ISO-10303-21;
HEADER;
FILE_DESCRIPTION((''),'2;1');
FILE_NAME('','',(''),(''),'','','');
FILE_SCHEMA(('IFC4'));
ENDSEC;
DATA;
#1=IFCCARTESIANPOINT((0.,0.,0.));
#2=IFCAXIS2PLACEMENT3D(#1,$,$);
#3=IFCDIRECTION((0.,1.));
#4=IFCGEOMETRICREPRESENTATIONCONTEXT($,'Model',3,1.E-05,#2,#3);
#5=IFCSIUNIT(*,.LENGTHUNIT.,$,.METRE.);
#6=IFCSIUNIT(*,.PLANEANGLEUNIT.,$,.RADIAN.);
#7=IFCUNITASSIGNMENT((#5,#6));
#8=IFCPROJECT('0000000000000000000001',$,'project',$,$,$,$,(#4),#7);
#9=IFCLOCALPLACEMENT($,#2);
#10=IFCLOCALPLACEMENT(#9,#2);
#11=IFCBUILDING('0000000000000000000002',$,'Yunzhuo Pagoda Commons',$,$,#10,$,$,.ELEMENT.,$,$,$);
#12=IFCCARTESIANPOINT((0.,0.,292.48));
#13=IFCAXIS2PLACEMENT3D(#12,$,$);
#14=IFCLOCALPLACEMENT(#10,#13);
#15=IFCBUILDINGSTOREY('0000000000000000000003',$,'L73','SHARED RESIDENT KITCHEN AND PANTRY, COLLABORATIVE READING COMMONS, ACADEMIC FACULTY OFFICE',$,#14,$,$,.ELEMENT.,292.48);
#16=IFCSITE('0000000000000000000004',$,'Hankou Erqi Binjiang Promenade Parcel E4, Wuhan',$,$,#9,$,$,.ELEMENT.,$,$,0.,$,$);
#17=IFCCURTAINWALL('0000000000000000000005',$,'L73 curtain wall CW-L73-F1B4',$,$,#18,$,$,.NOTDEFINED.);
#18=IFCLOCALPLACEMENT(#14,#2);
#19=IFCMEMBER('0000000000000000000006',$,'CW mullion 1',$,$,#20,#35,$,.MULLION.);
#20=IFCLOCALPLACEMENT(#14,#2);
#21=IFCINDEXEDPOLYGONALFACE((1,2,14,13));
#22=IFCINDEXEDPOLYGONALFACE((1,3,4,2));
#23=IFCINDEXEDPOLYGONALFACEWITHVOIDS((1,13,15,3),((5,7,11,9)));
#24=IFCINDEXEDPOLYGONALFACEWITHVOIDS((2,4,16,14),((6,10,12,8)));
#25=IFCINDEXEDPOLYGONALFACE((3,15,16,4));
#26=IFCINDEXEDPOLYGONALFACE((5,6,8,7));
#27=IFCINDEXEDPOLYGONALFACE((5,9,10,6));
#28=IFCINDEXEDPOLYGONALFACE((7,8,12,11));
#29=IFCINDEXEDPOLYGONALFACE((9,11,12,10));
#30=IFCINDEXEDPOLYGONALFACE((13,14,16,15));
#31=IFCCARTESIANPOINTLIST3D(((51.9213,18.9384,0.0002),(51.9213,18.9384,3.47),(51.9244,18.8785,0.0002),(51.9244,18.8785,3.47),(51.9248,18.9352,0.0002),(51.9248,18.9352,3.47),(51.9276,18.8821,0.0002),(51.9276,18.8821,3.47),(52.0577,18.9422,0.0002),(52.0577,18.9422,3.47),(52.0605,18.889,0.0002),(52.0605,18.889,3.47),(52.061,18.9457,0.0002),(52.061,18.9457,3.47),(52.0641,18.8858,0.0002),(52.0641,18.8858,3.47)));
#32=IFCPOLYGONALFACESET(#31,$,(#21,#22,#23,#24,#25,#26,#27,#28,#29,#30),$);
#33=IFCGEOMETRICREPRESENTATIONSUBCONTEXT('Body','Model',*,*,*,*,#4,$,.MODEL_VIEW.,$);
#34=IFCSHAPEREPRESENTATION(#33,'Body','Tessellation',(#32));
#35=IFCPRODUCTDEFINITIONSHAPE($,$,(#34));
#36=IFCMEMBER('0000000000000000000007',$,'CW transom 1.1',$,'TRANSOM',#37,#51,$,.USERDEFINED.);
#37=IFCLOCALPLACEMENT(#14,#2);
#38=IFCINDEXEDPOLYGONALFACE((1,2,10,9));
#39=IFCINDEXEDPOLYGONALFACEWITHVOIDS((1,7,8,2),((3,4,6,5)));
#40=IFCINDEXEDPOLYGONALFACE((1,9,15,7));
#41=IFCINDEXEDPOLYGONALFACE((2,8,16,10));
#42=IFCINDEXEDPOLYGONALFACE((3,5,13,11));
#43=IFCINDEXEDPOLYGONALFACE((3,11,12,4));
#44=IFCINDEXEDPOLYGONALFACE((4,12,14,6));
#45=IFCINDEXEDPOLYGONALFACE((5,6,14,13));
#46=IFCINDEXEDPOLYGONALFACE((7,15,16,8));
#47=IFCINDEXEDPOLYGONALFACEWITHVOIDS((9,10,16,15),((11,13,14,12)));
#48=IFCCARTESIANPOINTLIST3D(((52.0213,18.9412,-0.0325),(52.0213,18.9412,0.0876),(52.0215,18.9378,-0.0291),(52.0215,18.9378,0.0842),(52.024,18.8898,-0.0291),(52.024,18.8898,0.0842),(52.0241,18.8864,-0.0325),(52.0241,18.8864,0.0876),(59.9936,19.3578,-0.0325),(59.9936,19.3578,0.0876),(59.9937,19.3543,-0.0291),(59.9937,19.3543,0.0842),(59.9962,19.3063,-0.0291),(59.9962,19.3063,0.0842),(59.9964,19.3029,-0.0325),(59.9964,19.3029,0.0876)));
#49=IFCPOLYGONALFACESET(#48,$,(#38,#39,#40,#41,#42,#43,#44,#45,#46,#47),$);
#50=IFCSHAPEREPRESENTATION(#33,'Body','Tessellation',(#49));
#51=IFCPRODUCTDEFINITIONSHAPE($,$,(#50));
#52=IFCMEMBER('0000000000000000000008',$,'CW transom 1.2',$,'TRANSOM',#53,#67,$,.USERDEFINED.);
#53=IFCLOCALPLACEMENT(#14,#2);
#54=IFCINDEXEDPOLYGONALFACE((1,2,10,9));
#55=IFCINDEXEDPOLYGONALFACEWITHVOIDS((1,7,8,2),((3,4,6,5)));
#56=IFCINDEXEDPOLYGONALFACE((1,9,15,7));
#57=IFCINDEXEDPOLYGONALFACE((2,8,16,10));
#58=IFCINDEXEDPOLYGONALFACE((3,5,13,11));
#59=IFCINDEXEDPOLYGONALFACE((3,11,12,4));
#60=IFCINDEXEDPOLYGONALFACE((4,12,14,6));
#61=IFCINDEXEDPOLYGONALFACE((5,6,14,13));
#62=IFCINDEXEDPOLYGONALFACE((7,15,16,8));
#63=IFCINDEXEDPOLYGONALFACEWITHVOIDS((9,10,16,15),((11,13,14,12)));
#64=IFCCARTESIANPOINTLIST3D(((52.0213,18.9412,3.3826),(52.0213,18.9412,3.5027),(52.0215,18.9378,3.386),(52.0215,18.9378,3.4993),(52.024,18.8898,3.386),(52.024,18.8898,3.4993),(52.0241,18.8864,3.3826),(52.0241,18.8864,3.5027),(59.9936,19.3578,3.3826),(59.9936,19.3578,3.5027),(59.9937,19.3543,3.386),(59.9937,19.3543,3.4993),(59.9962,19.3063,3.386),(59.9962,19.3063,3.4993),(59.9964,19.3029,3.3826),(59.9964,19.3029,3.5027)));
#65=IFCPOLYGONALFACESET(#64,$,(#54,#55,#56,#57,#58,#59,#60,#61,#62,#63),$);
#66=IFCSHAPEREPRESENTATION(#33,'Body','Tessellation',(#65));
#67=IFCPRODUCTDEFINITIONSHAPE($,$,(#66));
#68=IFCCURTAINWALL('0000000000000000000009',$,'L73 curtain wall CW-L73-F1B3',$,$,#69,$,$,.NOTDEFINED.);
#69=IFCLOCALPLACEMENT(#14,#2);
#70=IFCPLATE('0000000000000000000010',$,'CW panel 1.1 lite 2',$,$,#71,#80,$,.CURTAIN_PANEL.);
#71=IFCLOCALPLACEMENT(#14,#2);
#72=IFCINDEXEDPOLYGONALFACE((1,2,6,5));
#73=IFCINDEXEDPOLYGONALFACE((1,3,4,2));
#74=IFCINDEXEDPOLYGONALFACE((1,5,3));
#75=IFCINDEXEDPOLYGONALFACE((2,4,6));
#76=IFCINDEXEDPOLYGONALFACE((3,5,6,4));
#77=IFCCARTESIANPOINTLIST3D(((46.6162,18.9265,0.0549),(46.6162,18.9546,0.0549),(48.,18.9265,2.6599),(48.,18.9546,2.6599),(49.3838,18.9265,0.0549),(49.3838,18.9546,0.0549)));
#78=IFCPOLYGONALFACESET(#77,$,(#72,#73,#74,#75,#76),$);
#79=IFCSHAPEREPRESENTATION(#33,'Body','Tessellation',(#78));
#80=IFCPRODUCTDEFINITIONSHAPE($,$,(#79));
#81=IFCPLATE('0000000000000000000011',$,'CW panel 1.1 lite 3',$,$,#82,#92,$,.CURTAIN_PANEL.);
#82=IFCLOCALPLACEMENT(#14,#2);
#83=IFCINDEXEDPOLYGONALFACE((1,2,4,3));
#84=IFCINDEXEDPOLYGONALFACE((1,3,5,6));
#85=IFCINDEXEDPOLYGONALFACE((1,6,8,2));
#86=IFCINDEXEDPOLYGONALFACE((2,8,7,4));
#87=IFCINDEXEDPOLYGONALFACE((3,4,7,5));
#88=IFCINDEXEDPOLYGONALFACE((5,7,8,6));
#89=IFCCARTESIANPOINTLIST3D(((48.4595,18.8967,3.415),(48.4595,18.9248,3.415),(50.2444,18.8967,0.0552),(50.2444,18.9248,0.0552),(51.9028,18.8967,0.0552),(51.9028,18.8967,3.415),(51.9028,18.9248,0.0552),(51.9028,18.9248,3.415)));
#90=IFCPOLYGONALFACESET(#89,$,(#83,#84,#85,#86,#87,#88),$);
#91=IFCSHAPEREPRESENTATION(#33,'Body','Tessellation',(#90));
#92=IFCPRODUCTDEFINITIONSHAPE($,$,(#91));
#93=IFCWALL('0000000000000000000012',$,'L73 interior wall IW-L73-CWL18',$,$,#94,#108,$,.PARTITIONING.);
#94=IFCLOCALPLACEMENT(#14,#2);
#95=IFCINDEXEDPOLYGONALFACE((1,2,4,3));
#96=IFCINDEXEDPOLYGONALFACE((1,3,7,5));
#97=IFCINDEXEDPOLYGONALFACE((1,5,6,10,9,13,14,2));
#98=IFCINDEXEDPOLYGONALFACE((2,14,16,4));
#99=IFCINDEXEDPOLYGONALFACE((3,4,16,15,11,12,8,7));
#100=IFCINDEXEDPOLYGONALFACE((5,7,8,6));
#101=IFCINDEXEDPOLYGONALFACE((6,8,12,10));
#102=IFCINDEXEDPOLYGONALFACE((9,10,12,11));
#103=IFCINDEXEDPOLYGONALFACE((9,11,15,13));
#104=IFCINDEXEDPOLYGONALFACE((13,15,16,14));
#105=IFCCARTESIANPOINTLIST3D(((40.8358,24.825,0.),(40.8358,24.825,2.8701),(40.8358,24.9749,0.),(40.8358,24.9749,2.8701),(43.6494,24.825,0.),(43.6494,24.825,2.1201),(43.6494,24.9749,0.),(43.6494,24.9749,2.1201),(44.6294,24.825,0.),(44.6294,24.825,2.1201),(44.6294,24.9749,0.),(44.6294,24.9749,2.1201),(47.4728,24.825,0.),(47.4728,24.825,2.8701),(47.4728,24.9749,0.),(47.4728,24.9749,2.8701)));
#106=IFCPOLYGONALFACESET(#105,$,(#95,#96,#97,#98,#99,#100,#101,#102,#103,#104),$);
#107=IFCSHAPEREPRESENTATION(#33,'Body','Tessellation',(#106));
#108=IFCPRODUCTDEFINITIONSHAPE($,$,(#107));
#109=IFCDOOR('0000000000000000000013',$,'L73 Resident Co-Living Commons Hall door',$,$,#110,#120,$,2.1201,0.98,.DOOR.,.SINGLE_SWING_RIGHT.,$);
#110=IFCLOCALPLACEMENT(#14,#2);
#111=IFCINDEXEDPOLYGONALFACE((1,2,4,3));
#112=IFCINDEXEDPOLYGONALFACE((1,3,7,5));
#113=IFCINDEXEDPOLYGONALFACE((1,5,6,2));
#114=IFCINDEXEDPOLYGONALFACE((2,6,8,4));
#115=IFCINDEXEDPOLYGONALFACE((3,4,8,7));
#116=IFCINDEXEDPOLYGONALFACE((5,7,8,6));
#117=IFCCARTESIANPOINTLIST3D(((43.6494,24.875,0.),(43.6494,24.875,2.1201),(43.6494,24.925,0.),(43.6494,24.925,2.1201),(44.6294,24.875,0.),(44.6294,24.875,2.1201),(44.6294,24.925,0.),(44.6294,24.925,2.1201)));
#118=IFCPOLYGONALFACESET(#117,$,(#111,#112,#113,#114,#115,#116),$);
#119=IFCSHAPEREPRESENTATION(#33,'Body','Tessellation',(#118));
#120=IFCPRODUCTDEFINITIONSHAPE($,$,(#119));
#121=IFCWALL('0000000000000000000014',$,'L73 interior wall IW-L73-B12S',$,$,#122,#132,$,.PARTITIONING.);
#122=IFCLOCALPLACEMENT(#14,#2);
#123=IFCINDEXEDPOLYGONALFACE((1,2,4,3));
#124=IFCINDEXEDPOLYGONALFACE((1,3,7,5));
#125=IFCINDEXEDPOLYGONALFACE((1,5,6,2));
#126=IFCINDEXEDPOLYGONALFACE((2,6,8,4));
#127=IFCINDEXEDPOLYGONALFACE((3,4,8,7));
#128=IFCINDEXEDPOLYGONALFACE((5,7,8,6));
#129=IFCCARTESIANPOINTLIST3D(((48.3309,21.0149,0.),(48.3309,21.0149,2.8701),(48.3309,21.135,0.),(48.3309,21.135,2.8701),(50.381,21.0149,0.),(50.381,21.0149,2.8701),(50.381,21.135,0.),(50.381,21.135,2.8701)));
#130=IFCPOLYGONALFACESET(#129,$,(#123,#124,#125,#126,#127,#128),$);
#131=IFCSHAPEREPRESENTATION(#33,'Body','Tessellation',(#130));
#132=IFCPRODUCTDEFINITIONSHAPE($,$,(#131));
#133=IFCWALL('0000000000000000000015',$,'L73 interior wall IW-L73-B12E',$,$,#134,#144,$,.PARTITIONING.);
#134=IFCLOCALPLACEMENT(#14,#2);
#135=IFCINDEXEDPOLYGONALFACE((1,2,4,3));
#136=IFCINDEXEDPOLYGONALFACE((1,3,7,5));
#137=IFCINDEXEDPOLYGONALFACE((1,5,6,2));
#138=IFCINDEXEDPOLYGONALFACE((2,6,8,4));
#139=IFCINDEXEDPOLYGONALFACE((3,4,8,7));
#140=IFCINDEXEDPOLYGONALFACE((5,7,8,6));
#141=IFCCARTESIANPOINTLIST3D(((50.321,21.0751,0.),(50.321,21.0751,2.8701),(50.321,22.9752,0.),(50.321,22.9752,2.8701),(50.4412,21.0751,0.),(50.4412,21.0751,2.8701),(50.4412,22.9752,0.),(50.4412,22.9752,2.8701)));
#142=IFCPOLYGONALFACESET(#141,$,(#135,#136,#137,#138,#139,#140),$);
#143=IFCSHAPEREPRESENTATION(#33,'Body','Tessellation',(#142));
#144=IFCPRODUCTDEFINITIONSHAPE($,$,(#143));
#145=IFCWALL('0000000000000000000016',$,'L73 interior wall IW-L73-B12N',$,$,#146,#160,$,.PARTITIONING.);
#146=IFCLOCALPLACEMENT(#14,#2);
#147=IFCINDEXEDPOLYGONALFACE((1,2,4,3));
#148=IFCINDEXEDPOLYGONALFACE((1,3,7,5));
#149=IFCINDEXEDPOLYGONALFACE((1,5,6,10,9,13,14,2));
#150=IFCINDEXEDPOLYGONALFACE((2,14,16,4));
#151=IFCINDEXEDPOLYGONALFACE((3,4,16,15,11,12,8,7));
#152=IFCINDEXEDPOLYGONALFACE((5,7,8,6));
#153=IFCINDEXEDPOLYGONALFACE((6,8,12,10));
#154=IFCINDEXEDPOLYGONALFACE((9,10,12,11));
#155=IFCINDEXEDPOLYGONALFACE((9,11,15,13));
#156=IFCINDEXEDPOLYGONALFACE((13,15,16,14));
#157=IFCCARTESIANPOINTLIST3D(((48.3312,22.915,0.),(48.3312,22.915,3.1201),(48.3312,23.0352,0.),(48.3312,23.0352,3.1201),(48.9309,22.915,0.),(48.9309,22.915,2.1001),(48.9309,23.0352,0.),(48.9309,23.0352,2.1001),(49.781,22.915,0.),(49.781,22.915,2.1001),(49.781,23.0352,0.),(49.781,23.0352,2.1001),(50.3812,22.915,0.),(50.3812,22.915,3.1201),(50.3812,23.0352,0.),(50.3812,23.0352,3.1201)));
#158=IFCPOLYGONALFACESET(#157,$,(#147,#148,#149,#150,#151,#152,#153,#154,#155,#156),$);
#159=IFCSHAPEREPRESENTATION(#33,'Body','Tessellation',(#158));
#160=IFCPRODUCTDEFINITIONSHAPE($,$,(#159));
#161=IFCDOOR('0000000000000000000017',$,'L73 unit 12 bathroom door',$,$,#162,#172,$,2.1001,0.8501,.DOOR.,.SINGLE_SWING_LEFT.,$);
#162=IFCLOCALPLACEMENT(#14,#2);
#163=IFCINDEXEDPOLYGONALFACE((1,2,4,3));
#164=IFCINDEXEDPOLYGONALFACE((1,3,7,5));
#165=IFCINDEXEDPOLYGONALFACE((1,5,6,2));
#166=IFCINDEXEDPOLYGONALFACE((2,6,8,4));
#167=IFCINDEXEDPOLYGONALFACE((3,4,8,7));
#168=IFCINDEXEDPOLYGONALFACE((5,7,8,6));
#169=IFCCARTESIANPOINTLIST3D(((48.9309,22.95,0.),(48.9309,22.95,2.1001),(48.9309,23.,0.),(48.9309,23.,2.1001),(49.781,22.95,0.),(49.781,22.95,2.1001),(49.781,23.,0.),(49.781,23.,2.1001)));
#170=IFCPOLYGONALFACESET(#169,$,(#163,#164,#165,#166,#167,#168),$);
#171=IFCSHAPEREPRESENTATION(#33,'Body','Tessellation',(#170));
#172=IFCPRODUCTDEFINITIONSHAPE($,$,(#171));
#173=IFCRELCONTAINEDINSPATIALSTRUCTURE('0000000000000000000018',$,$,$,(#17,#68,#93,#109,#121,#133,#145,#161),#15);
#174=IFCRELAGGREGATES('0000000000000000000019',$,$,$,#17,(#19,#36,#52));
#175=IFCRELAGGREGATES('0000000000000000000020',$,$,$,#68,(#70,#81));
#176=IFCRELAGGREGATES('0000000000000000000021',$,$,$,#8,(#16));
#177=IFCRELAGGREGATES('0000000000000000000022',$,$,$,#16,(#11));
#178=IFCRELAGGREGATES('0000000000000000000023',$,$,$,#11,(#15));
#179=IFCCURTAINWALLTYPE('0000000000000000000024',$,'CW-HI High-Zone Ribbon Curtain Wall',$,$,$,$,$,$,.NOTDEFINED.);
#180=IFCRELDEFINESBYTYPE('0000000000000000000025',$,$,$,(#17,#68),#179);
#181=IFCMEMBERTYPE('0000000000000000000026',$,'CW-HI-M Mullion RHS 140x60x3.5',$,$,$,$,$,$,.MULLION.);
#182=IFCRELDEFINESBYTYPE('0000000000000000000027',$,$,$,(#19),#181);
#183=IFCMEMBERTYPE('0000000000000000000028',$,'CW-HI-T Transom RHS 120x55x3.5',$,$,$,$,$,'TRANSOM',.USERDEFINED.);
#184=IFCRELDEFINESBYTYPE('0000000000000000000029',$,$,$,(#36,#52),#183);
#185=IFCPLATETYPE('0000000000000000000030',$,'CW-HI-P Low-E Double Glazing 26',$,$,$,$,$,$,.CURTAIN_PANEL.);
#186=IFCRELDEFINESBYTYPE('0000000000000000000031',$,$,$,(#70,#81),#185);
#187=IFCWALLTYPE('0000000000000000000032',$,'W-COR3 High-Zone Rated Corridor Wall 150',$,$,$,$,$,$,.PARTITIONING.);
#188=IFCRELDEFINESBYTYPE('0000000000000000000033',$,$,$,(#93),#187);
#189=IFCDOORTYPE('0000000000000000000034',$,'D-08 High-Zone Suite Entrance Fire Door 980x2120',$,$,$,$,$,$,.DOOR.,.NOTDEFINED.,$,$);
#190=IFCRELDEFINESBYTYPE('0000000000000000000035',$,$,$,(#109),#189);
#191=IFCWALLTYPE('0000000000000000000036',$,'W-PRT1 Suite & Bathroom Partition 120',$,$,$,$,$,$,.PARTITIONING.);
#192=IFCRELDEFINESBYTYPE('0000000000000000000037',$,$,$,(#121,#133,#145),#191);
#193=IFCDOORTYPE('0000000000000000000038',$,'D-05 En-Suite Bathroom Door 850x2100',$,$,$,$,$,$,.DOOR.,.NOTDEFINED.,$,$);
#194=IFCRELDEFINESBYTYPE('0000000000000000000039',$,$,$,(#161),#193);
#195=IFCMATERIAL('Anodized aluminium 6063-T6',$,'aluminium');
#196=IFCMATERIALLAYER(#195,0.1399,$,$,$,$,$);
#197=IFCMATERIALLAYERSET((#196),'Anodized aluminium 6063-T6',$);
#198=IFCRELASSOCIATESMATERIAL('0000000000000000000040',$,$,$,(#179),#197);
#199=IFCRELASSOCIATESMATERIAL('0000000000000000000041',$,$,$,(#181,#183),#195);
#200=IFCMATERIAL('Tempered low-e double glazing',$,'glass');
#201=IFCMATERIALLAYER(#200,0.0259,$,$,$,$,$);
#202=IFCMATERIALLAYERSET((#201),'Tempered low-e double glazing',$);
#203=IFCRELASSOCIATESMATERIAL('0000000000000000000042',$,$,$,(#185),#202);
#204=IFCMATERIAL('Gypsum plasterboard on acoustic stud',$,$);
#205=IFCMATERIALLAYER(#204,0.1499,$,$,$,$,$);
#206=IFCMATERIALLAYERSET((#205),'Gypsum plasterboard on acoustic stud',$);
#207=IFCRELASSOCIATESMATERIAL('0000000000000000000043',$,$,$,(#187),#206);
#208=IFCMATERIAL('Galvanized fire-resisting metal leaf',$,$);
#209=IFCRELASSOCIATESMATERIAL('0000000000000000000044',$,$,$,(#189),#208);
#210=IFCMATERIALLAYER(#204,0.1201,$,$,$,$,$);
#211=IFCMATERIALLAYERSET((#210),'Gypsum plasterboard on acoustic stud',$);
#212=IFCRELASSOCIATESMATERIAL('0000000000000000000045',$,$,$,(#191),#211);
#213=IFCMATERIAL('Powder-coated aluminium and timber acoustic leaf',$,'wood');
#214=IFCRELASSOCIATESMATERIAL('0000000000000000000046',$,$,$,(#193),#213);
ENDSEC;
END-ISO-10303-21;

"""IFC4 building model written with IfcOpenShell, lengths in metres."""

from ifc_helpers import new_model, si_unit, direction, frame, frame_2d, origin, origin_with_axes, origin_2d, place, context, subcontext, project, spatial, polyline, rectangle, hollow_rectangle, outline, extrude, source, transform, mapped, material, layer, layer_set, material_profile, profile_set, type_object, element, fill, aggregate, save


model = new_model("IFC4")

# Units and contexts
model_context = context("Model", 3, precision=1e-05, world=origin(), true_north=direction((0.0, 1.0)))
body_context = subcontext(model_context, "Body", "Model", "MODEL_VIEW")
ifc_project = project(units=[si_unit("LENGTHUNIT", "METRE"), si_unit("PLANEANGLEUNIT", "RADIAN")], contexts=[model_context])

# Site, building, storey
site_placement = place(None, origin())
site = spatial("IfcSite", under=ifc_project, at=site_placement, Name="Hankou Erqi Binjiang Promenade Parcel E4, Wuhan", CompositionType="ELEMENT", RefElevation=0.0)
building_placement = place(site_placement, origin())
building = spatial("IfcBuilding", under=site, at=building_placement, Name="Yunzhuo Pagoda Commons", CompositionType="ELEMENT")
storey_placement = place(building_placement, frame((0.0, 0.0, 292.48)))
storey = spatial("IfcBuildingStorey", under=building, at=storey_placement, Name="L73", Description="SHARED RESIDENT KITCHEN AND PANTRY, COLLABORATIVE READING COMMONS, ACADEMIC FACULTY OFFICE", CompositionType="ELEMENT", Elevation=292.48)

# Curtain wall, members
ifc_material_1 = material(Name="Anodized aluminium 6063-T6", Category="aluminium")
ifc_layer_1 = layer(ifc_material_1, 0.1399)
ifc_layer_set_1 = layer_set([ifc_layer_1], Name="Anodized aluminium 6063-T6")
curtain_wall_type = type_object("IfcCurtainWallType", Name="CW-HI High-Zone Ribbon Curtain Wall", PredefinedType="NOTDEFINED", material=ifc_layer_set_1)
curtain_wall_1_placement = place(storey_placement, origin())
curtain_wall_1 = element("IfcCurtainWall", 1, at=curtain_wall_1_placement, inside=storey, type_object=curtain_wall_type, Name="L73 curtain wall CW-L73-F1B4", PredefinedType="NOTDEFINED")
ifc_material_profile_1 = material_profile(ifc_material_1, hollow_rectangle(XDim=0.0601, YDim=0.1399, WallThickness=0.0034, at=origin_2d()), Name="Anodized aluminium 6063-T6")
ifc_profile_set_1 = profile_set([ifc_material_profile_1], Name="Anodized aluminium 6063-T6")
member_type_1 = type_object("IfcMemberType", Name="CW-HI-M Mullion RHS 140x60x3.5", PredefinedType="MULLION", material=ifc_profile_set_1)
shared_shape_1 = source(origin(), body_context, "Body", "SweptSolid", [
    extrude(hollow_rectangle(XDim=0.0601, YDim=0.1399, WallThickness=0.0034, at=origin_2d()), origin(), (0.0, 0.0, 1.0), 3.4697),
])
member_1_placement = place(storey_placement, frame((51.9927, 18.9121, 0.0002), z_axis=(0.0, 0.0, 1.0), x_axis=(-0.05219, 0.998637, 0.0)))
member_1 = element("IfcMember", 2, at=member_1_placement, type_object=member_type_1, Name="CW mullion 1", PredefinedType="MULLION", context=body_context, shape_type="MappedRepresentation", body=[
    mapped(shared_shape_1, transform((0.0, 0.0, 0.0), scale=1.0)),
])
ifc_material_profile_2 = material_profile(ifc_material_1, hollow_rectangle(XDim=0.0549, YDim=0.1201, WallThickness=0.0034, at=origin_2d()), Name="Anodized aluminium 6063-T6")
ifc_profile_set_2 = profile_set([ifc_material_profile_2], Name="Anodized aluminium 6063-T6")
member_type_2 = type_object("IfcMemberType", Name="CW-HI-T Transom RHS 120x55x3.5", ElementType="TRANSOM", PredefinedType="USERDEFINED", material=ifc_profile_set_2)
shared_shape_2 = source(origin(), body_context, "Body", "SweptSolid", [
    extrude(hollow_rectangle(XDim=0.0549, YDim=0.1201, WallThickness=0.0034, at=origin_2d()), origin(), (0.0, 0.0, 1.0), 7.9832),
])
member_2_placement = place(storey_placement, frame((52.0227, 18.9138, 0.0276), z_axis=(0.998638, 0.052174, 0.0), x_axis=(-0.052174, 0.998638, 0.0)))
member_2 = element("IfcMember", 3, at=member_2_placement, type_object=member_type_2, Name="CW transom 1.1", ObjectType="TRANSOM", PredefinedType="USERDEFINED", context=body_context, shape_type="MappedRepresentation", body=[
    mapped(shared_shape_2, transform((0.0, 0.0, 0.0), scale=1.0)),
])
member_3_placement = place(storey_placement, frame((52.0227, 18.9138, 3.4426), z_axis=(0.998638, 0.052174, 0.0), x_axis=(-0.052174, 0.998638, 0.0)))
member_3 = element("IfcMember", 4, at=member_3_placement, type_object=member_type_2, Name="CW transom 1.2", ObjectType="TRANSOM", PredefinedType="USERDEFINED", context=body_context, shape_type="MappedRepresentation", body=[
    mapped(shared_shape_2, transform((0.0, 0.0, 0.0), scale=1.0)),
])
aggregate(curtain_wall_1, [member_1, member_2, member_3])

# Curtain wall, plates
curtain_wall_2_placement = place(storey_placement, origin())
curtain_wall_2 = element("IfcCurtainWall", 5, at=curtain_wall_2_placement, inside=storey, type_object=curtain_wall_type, Name="L73 curtain wall CW-L73-F1B3", PredefinedType="NOTDEFINED")
ifc_material_2 = material(Name="Tempered low-e double glazing", Category="glass")
ifc_layer_2 = layer(ifc_material_2, 0.0259)
ifc_layer_set_2 = layer_set([ifc_layer_2], Name="Tempered low-e double glazing")
plate_type = type_object("IfcPlateType", Name="CW-HI-P Low-E Double Glazing 26", PredefinedType="CURTAIN_PANEL", material=ifc_layer_set_2)
plate_1_placement = place(storey_placement, frame((48.0, 18.9546, 1.3574), z_axis=(0.0, -1.0, 0.0), x_axis=(1.0, 0.0, 0.0)))
plate_1 = element("IfcPlate", 6, at=plate_1_placement, type_object=plate_type, Name="CW panel 1.1 lite 2", PredefinedType="CURTAIN_PANEL", context=body_context, shape_type="SweptSolid", body=[
    extrude(outline(polyline([(-1.3838, -1.3025), (1.3838, -1.3025), (0.0, 1.3025), (-1.3838, -1.3025)])), origin(), (0.0, 0.0, 1.0), 0.0281),
])
plate_2_placement = place(storey_placement, frame((50.1812, 18.9248, 1.7351), z_axis=(0.0, -1.0, 0.0), x_axis=(1.0, 0.0, 0.0)))
plate_2 = element("IfcPlate", 7, at=plate_2_placement, type_object=plate_type, Name="CW panel 1.1 lite 3", PredefinedType="CURTAIN_PANEL", context=body_context, shape_type="SweptSolid", body=[
    extrude(outline(polyline([(-1.7217, 1.6799), (0.0632, -1.6799), (1.7217, -1.6799), (1.7217, 1.6799), (-1.7217, 1.6799)])), origin(), (0.0, 0.0, 1.0), 0.0281),
])
aggregate(curtain_wall_2, [plate_1, plate_2])

# Wall, opening, door
ifc_material_3 = material(Name="Gypsum plasterboard on acoustic stud")
ifc_layer_3 = layer(ifc_material_3, 0.1499)
ifc_layer_set_3 = layer_set([ifc_layer_3], Name="Gypsum plasterboard on acoustic stud")
wall_type_1 = type_object("IfcWallType", Name="W-COR3 High-Zone Rated Corridor Wall 150", PredefinedType="PARTITIONING", material=ifc_layer_set_3)
ifc_material_4 = material(Name="Galvanized fire-resisting metal leaf")
door_type_1 = type_object("IfcDoorType", Name="D-08 High-Zone Suite Entrance Fire Door 980x2120", OperationType="NOTDEFINED", PredefinedType="DOOR", material=ifc_material_4)
shared_shape_3 = source(origin(), body_context, "Body", "SweptSolid", [
    extrude(rectangle(XDim=0.98, YDim=2.1201, at=frame_2d((0.49, 1.0601))), frame((0.0, 0.0249, 0.0), z_axis=(0.0, -1.0, 0.0), x_axis=(1.0, 0.0, 0.0)), (0.0, 0.0, 1.0), 0.05),
])
wall_1_placement = place(storey_placement, frame((47.4727, 24.8999, 0.0), z_axis=(0.0, 0.0, 1.0), x_axis=(-1.0, 0.0, 0.0)))
wall_1 = element("IfcWall", 8, at=wall_1_placement, inside=storey, type_object=wall_type_1, Name="L73 interior wall IW-L73-CWL18", PredefinedType="PARTITIONING", context=body_context, shape_type="SweptSolid", body=[
    extrude(rectangle(XDim=6.637, YDim=0.1499, at=frame_2d((3.3184, 0.0))), origin(), (0.0, 0.0, 1.0), 2.8701),
])
opening_1_placement = place(wall_1_placement, frame((2.8433, 0.0, 0.0)))
opening_1 = element("IfcOpeningElement", 9, at=opening_1_placement, cuts=wall_1, PredefinedType="OPENING", context=body_context, shape_type="SweptSolid", body=[
    extrude(rectangle(XDim=0.98, YDim=2.1201, at=frame_2d((0.49, 1.0601))), frame((0.0, 0.085, 0.0), z_axis=(0.0, -1.0, 0.0), x_axis=(1.0, 0.0, 0.0)), (0.0, 0.0, 1.0), 0.1699),
])
door_1_placement = place(opening_1_placement, origin_with_axes())
door_1 = element("IfcDoor", 10, at=door_1_placement, inside=storey, type_object=door_type_1, Name="L73 Resident Co-Living Commons Hall door", OperationType="SINGLE_SWING_RIGHT", OverallHeight=2.1201, OverallWidth=0.98, PredefinedType="DOOR", context=body_context, shape_type="MappedRepresentation", body=[
    mapped(shared_shape_3, transform((0.0, 0.0, 0.0), scale=1.0)),
])
fill(opening_1, door_1)

# Walls
ifc_layer_4 = layer(ifc_material_3, 0.1201)
ifc_layer_set_4 = layer_set([ifc_layer_4], Name="Gypsum plasterboard on acoustic stud")
wall_type_2 = type_object("IfcWallType", Name="W-PRT1 Suite & Bathroom Partition 120", PredefinedType="PARTITIONING", material=ifc_layer_set_4)
wall_2_placement = place(storey_placement, frame((48.3311, 21.075, 0.0), z_axis=(0.0, 0.0, 1.0), x_axis=(1.0, 0.0, 0.0)))
element("IfcWall", 11, at=wall_2_placement, inside=storey, type_object=wall_type_2, Name="L73 interior wall IW-L73-B12S", PredefinedType="PARTITIONING", context=body_context, shape_type="SweptSolid", body=[
    extrude(rectangle(XDim=2.05, YDim=0.1201, at=frame_2d((1.0249, 0.0))), origin(), (0.0, 0.0, 1.0), 2.8701),
])
wall_3_placement = place(storey_placement, frame((50.3811, 21.075, 0.0), z_axis=(0.0, 0.0, 1.0), x_axis=(0.0, 1.0, 0.0)))
element("IfcWall", 12, at=wall_3_placement, inside=storey, type_object=wall_type_2, Name="L73 interior wall IW-L73-B12E", PredefinedType="PARTITIONING", context=body_context, shape_type="SweptSolid", body=[
    extrude(rectangle(XDim=1.9001, YDim=0.1201, at=frame_2d((0.9502, 0.0))), origin(), (0.0, 0.0, 1.0), 2.8701),
])

# Wall, opening, door
wall_4_placement = place(storey_placement, frame((50.3811, 22.9751, 0.0), z_axis=(0.0, 0.0, 1.0), x_axis=(-1.0, 0.0, 0.0)))
wall_4 = element("IfcWall", 13, at=wall_4_placement, inside=storey, type_object=wall_type_2, Name="L73 interior wall IW-L73-B12N", PredefinedType="PARTITIONING", context=body_context, shape_type="SweptSolid", body=[
    extrude(rectangle(XDim=2.05, YDim=0.1201, at=frame_2d((1.0249, 0.0))), origin(), (0.0, 0.0, 1.0), 3.1201),
])
opening_2_placement = place(wall_4_placement, frame((0.6001, 0.0, 0.0)))
opening_2 = element("IfcOpeningElement", 14, at=opening_2_placement, cuts=wall_4, PredefinedType="OPENING", context=body_context, shape_type="SweptSolid", body=[
    extrude(rectangle(XDim=0.8501, YDim=2.1001, at=frame_2d((0.425, 1.05))), frame((0.0, 0.0701, 0.0), z_axis=(0.0, -1.0, 0.0), x_axis=(1.0, 0.0, 0.0)), (0.0, 0.0, 1.0), 0.1401),
])
ifc_material_5 = material(Name="Powder-coated aluminium and timber acoustic leaf", Category="wood")
door_type_2 = type_object("IfcDoorType", Name="D-05 En-Suite Bathroom Door 850x2100", OperationType="NOTDEFINED", PredefinedType="DOOR", material=ifc_material_5)
shared_shape_4 = source(origin(), body_context, "Body", "SweptSolid", [
    extrude(rectangle(XDim=0.8501, YDim=2.1001, at=frame_2d((0.425, 1.05))), frame((0.0, 0.0249, 0.0), z_axis=(0.0, -1.0, 0.0), x_axis=(1.0, 0.0, 0.0)), (0.0, 0.0, 1.0), 0.05),
])
door_2_placement = place(opening_2_placement, frame((0.8501, 0.0, 0.0), z_axis=(0.0, 0.0, 1.0), x_axis=(-1.0, 0.0, 0.0)))
door_2 = element("IfcDoor", 15, at=door_2_placement, inside=storey, type_object=door_type_2, Name="L73 unit 12 bathroom door", OperationType="SINGLE_SWING_LEFT", OverallHeight=2.1001, OverallWidth=0.8501, PredefinedType="DOOR", context=body_context, shape_type="MappedRepresentation", body=[
    mapped(shared_shape_4, transform((0.0, 0.0, 0.0), scale=1.0)),
])
fill(opening_2, door_2)

save(model, "model.ifc")
